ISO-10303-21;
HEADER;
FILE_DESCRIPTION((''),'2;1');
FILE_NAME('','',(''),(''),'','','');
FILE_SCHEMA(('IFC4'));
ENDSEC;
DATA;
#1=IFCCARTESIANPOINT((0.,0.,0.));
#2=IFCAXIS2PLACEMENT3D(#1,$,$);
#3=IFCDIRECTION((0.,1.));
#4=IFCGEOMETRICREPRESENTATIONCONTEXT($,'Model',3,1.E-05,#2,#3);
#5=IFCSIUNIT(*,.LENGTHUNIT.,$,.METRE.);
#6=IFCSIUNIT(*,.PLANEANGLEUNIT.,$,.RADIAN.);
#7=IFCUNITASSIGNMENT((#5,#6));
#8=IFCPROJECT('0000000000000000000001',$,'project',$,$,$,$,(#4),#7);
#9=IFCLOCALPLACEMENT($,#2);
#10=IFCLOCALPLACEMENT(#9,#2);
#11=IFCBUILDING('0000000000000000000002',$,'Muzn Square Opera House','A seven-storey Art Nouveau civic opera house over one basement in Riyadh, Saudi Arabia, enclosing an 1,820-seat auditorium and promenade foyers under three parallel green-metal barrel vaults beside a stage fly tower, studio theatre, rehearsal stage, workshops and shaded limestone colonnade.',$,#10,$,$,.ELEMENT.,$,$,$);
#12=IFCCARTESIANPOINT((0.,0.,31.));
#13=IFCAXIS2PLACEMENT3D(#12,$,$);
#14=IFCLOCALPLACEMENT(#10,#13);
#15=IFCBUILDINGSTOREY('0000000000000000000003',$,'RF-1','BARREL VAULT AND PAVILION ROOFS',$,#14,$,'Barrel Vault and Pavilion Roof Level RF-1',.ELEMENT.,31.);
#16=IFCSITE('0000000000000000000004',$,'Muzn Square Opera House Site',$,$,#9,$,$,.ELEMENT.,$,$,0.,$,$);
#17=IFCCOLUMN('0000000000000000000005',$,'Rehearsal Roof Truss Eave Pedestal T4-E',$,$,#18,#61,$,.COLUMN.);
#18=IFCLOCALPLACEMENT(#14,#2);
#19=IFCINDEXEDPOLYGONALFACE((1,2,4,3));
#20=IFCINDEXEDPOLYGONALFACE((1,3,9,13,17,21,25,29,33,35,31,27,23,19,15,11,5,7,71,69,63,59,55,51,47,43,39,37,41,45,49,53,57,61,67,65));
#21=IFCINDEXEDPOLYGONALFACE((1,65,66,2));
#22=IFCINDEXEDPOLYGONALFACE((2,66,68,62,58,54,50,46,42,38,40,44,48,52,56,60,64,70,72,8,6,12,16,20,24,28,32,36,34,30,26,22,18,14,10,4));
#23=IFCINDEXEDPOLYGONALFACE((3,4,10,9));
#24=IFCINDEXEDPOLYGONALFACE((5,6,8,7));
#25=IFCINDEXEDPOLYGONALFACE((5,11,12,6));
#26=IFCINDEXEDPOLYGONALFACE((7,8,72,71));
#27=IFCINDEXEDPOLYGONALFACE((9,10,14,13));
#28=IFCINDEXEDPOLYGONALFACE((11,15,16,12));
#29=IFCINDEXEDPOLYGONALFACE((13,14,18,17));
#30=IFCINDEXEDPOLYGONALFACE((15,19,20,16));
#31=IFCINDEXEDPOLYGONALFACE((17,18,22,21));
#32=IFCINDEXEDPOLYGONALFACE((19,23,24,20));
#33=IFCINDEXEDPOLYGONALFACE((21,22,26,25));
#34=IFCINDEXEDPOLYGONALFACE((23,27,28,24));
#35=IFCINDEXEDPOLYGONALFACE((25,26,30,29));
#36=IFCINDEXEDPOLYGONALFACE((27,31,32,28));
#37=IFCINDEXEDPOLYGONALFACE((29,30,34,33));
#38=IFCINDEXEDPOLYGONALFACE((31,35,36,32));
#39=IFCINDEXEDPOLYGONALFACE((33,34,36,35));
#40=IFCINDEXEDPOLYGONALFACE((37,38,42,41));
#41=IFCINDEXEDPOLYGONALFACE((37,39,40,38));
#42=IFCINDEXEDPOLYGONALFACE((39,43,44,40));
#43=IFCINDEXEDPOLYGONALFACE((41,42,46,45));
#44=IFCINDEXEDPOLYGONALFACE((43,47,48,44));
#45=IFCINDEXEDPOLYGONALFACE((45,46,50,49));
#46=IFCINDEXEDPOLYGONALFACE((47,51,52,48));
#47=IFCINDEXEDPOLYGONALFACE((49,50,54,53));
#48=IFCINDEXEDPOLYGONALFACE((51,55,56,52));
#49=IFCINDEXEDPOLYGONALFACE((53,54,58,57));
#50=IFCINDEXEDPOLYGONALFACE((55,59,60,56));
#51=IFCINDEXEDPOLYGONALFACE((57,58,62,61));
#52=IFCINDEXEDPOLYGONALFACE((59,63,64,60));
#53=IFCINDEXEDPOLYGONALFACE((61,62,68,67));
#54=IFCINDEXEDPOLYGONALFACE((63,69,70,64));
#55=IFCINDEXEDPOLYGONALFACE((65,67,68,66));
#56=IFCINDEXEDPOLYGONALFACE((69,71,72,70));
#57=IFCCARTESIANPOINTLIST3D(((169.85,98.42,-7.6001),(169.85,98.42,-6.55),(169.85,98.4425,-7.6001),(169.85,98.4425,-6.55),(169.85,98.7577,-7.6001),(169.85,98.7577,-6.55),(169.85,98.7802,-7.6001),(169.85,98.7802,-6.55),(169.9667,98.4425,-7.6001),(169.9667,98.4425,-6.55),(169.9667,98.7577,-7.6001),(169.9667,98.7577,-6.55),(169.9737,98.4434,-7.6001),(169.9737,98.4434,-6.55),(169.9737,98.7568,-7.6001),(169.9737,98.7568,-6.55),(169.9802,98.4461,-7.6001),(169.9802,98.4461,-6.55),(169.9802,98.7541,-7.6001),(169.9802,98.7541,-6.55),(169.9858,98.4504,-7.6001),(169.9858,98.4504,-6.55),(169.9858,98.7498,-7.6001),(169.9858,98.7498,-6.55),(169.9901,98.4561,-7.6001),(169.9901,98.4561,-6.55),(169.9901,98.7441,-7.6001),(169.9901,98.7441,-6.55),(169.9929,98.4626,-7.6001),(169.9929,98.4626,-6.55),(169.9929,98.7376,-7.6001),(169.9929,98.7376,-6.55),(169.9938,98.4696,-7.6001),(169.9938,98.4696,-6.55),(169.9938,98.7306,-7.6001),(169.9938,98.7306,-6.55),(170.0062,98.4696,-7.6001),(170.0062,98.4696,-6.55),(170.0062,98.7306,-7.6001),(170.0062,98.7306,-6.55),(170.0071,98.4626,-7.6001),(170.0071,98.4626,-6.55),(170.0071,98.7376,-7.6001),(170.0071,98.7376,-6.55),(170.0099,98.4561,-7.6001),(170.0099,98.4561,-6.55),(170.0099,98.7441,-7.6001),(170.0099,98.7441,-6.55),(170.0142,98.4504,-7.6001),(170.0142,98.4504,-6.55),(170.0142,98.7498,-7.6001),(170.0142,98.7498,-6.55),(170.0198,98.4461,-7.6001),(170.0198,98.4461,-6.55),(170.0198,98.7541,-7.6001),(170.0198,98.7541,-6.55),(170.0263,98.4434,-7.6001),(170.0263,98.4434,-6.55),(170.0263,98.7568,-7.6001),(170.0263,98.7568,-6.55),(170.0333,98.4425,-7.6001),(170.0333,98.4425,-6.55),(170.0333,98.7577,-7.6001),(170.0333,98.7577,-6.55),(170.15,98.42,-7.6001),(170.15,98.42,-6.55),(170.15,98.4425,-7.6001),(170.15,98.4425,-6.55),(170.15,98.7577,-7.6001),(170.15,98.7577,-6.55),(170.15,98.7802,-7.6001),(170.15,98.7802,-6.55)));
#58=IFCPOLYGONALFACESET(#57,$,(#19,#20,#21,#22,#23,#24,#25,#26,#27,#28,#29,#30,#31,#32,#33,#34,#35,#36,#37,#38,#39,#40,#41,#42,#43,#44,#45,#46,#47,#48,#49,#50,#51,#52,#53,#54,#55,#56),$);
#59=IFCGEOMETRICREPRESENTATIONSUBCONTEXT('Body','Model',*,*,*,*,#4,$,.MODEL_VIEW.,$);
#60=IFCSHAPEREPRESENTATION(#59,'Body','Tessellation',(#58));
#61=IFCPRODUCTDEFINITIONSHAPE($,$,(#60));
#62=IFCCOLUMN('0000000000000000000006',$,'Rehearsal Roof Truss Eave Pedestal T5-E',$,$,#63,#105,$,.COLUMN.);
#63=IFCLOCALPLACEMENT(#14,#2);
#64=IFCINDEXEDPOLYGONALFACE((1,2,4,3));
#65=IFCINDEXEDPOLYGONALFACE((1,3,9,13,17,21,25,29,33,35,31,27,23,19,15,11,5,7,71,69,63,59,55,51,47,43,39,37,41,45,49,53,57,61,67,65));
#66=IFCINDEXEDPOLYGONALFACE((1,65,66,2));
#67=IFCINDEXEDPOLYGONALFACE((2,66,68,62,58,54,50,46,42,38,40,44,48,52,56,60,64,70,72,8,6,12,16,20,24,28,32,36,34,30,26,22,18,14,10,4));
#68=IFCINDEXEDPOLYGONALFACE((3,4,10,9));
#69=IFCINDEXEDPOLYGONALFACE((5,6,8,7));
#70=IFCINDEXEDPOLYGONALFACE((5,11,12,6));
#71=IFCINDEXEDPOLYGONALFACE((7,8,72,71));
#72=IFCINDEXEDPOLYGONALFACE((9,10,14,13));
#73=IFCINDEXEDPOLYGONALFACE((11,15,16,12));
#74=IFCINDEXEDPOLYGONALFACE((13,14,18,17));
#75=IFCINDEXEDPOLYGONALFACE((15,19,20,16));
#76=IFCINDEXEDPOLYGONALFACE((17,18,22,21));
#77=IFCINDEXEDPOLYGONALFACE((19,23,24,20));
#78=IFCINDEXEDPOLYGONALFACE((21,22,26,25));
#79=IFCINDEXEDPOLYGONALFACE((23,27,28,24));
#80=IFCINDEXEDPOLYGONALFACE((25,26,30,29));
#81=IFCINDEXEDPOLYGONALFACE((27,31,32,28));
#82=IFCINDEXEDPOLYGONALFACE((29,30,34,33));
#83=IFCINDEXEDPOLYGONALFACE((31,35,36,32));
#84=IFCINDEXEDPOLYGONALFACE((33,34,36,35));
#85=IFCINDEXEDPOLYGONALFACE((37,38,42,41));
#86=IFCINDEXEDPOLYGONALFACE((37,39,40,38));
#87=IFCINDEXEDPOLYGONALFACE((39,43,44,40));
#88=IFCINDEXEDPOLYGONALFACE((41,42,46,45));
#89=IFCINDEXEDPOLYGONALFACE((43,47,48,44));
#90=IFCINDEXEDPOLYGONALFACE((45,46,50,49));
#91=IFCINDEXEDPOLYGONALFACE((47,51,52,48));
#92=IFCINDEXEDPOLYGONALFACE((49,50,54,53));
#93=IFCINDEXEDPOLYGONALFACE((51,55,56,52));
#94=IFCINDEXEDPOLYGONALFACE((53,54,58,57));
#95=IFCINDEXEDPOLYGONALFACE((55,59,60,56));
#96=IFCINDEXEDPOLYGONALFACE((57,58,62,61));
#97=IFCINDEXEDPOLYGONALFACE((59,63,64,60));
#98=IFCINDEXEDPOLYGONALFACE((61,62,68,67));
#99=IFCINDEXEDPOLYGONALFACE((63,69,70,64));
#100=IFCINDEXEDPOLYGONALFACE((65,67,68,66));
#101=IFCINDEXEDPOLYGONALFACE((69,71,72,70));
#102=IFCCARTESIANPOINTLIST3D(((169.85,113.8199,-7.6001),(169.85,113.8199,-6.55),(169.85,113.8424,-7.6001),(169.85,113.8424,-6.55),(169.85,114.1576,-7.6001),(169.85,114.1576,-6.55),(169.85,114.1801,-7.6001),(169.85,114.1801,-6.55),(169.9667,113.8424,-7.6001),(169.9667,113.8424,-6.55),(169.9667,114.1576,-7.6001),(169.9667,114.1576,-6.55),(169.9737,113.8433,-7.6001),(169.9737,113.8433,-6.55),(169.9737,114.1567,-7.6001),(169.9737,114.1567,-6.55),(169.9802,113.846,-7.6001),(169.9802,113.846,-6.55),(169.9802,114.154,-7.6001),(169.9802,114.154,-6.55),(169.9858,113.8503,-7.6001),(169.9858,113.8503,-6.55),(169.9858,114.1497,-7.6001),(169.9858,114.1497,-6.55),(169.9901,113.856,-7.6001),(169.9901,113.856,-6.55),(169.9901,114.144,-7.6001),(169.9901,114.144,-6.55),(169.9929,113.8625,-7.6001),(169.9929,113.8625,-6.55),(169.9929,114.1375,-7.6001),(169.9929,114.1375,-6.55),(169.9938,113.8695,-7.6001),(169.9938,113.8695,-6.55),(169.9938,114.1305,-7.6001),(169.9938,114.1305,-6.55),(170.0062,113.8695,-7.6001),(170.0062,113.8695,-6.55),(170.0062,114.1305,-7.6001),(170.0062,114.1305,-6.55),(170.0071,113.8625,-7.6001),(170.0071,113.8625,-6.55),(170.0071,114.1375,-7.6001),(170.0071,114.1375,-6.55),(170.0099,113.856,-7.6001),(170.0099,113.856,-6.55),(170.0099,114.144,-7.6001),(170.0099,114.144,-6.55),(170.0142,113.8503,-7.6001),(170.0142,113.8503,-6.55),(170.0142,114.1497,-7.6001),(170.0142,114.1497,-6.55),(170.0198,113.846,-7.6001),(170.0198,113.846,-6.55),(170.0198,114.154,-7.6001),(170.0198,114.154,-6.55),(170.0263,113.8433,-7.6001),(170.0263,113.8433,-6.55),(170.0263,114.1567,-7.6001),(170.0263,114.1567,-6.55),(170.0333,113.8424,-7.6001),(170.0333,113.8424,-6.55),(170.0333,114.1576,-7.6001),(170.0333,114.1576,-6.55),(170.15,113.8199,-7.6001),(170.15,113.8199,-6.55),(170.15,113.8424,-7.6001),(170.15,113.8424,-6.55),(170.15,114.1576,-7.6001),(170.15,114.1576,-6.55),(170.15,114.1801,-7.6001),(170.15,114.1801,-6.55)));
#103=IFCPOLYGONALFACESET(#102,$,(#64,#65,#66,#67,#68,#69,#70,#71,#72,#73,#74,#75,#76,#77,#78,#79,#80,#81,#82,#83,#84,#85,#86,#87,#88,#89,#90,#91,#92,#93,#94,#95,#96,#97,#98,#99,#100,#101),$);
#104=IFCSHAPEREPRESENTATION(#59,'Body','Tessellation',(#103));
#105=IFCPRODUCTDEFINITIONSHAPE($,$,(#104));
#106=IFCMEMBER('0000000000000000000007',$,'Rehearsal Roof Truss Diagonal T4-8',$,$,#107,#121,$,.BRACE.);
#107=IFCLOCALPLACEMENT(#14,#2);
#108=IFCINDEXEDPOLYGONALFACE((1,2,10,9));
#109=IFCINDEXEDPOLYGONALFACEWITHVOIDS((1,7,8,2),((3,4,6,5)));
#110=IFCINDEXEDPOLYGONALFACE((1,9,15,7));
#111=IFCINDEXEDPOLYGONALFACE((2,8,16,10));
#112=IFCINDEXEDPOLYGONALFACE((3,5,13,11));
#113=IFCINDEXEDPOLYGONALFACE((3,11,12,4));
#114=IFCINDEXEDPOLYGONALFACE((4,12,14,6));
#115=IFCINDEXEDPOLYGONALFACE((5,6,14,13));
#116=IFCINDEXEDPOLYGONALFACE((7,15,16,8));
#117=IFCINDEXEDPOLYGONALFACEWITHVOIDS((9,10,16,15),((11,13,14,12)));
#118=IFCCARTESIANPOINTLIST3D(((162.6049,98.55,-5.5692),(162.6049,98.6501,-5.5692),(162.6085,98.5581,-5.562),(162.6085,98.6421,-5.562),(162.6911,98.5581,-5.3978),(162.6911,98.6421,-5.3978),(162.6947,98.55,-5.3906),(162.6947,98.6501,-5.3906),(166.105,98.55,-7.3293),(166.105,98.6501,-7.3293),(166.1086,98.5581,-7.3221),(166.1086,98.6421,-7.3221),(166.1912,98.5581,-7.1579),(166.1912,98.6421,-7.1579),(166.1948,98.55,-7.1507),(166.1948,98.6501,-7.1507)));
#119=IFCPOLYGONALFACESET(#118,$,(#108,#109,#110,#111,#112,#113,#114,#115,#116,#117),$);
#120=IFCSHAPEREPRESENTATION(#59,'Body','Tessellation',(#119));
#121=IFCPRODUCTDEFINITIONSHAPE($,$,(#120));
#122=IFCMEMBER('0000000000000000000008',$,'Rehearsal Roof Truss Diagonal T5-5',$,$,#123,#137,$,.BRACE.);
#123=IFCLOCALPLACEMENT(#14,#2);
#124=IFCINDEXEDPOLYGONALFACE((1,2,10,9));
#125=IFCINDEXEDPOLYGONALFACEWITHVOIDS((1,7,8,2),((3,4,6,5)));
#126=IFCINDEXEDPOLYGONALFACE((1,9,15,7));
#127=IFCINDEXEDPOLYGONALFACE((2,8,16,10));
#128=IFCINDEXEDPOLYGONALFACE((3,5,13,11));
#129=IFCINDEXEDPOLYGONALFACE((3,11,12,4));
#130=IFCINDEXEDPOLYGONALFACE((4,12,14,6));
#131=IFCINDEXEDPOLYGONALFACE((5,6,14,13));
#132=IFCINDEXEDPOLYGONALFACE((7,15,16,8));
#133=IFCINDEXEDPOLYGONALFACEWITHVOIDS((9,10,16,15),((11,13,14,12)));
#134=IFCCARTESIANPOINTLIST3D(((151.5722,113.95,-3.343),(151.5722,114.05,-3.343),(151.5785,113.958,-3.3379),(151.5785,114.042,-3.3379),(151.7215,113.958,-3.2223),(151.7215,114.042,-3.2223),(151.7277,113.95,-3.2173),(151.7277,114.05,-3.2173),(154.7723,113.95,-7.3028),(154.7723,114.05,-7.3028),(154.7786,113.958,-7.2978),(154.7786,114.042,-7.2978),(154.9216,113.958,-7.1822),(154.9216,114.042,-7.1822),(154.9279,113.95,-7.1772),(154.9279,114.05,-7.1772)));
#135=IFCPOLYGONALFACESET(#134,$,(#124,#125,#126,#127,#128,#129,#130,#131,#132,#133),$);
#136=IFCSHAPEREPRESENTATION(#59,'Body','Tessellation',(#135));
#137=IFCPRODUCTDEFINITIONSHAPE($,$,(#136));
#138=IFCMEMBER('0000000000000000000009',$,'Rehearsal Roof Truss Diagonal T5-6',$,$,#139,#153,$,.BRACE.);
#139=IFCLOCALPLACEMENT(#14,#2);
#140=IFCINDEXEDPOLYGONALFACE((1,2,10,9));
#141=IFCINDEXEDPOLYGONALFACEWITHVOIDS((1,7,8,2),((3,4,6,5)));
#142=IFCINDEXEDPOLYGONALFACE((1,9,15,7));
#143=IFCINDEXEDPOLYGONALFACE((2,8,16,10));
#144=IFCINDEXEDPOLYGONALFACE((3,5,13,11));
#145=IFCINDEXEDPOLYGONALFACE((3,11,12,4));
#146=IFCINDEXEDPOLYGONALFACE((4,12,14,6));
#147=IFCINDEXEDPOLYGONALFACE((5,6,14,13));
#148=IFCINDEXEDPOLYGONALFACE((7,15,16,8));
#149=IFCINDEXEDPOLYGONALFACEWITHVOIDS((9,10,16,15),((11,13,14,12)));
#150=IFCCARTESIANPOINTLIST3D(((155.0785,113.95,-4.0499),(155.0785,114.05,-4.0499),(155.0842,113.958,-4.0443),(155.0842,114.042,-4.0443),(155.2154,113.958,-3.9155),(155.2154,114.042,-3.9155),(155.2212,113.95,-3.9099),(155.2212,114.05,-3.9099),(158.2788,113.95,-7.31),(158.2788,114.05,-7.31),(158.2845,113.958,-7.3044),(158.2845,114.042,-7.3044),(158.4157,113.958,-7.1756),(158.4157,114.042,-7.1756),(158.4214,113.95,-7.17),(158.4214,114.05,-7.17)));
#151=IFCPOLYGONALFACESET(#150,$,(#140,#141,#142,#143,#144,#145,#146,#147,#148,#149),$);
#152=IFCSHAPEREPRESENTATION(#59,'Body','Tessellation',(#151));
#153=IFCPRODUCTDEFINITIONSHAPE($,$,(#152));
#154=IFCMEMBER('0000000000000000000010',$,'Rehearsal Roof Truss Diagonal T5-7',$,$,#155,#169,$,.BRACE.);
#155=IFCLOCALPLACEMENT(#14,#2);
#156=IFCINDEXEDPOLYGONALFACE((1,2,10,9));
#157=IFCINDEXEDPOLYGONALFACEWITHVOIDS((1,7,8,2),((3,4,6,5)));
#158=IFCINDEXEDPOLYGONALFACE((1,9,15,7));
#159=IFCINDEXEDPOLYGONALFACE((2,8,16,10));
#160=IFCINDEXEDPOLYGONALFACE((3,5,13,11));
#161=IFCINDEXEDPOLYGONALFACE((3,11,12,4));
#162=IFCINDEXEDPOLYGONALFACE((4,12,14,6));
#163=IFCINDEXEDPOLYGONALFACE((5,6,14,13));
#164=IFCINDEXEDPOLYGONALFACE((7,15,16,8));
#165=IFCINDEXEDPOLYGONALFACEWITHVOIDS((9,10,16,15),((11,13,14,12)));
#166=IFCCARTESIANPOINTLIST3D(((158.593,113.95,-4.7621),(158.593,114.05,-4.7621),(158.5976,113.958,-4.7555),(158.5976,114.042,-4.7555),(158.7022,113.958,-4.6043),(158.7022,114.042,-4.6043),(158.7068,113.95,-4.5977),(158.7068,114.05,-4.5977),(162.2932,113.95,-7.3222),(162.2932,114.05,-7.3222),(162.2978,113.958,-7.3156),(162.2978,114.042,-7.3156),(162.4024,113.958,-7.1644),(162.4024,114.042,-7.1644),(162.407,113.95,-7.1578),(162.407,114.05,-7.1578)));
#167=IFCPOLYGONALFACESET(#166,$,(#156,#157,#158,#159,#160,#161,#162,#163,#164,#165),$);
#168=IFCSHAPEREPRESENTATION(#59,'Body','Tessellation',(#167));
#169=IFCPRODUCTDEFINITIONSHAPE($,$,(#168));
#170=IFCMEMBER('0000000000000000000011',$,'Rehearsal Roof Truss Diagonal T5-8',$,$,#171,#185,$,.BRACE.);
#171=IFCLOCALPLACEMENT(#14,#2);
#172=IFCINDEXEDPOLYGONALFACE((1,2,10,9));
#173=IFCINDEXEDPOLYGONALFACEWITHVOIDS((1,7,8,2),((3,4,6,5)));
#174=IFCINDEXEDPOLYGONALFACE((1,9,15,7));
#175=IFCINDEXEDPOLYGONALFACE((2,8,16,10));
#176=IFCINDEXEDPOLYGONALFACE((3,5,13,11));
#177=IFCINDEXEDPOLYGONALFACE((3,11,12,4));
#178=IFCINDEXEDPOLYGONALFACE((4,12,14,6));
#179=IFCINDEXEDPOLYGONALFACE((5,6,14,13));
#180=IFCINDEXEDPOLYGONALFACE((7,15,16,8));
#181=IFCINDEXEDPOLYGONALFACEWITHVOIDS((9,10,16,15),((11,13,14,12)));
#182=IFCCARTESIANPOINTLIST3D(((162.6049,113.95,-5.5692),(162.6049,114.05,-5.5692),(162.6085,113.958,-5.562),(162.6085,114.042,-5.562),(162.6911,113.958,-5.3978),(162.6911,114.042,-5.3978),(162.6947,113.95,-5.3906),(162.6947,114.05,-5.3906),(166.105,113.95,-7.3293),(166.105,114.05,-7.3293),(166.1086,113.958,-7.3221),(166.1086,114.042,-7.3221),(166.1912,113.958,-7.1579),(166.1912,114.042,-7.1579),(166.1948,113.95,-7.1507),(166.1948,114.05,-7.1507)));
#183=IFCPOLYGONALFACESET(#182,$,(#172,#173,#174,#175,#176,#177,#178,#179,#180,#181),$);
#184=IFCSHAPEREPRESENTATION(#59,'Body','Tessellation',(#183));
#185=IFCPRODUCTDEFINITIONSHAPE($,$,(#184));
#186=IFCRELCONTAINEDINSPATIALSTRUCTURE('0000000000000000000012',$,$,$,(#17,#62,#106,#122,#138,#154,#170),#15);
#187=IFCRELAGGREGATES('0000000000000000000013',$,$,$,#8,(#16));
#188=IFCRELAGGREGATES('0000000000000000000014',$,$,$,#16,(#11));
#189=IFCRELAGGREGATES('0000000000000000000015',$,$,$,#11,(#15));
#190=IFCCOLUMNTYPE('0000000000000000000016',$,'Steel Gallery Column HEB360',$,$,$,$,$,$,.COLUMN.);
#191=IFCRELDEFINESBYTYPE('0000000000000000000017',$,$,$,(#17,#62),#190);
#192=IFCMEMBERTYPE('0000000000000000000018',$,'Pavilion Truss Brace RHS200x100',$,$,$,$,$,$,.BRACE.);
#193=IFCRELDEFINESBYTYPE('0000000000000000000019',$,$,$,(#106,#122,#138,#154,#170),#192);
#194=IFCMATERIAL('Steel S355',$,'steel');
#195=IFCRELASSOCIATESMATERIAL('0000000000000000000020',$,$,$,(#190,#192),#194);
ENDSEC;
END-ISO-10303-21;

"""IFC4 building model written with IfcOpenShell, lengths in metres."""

from ifc_helpers import new_model, si_unit, direction, frame, origin, origin_2d, place, context, subcontext, project, spatial, hollow_rectangle, i_section, extrude, material, material_profile, profile_set, type_object, element, save


model = new_model("IFC4")

# Units and contexts
model_context = context("Model", 3, precision=1e-05, world=origin(), true_north=direction((0.0, 1.0)))
body_context = subcontext(model_context, "Body", "Model", "MODEL_VIEW")
ifc_project = project(units=[si_unit("LENGTHUNIT", "METRE"), si_unit("PLANEANGLEUNIT", "RADIAN")], contexts=[model_context])

# Site, building, storey
site_placement = place(None, origin())
site = spatial("IfcSite", under=ifc_project, at=site_placement, Name="Muzn Square Opera House Site", CompositionType="ELEMENT", RefElevation=0.0)
building_placement = place(site_placement, origin())
building = spatial("IfcBuilding", under=site, at=building_placement, Name="Muzn Square Opera House", Description="A seven-storey Art Nouveau civic opera house over one basement in Riyadh, Saudi Arabia, enclosing an 1,820-seat auditorium and promenade foyers under three parallel green-metal barrel vaults beside a stage fly tower, studio theatre, rehearsal stage, workshops and shaded limestone colonnade.", CompositionType="ELEMENT")
storey_placement = place(building_placement, frame((0.0, 0.0, 31.0)))
storey = spatial("IfcBuildingStorey", under=building, at=storey_placement, Name="RF-1", Description="BARREL VAULT AND PAVILION ROOFS", LongName="Barrel Vault and Pavilion Roof Level RF-1", CompositionType="ELEMENT", Elevation=31.0)

# Columns
ifc_material = material(Name="Steel S355", Category="steel")
ifc_material_profile_1 = material_profile(ifc_material, i_section(OverallWidth=0.3, OverallDepth=0.3601, WebThickness=0.0125, FlangeThickness=0.0225, FilletRadius=0.0271, at=origin_2d()), Name="HEB 360", Category="steel")
ifc_profile_set_1 = profile_set([ifc_material_profile_1], Name="Steel S355")
column_type = type_object("IfcColumnType", Name="Steel Gallery Column HEB360", PredefinedType="COLUMN", material=ifc_profile_set_1)
for number, where, z_axis, x_axis, name in (
    (1, (170.0, 98.6001, -7.6001), (0.0, 0.0, 1.0), (1.0, 0.0, 0.0), "Rehearsal Roof Truss Eave Pedestal T4-E"),
    (2, (170.0, 114.0, -7.6001), (0.0, 0.0, 1.0), (1.0, 0.0, 0.0), "Rehearsal Roof Truss Eave Pedestal T5-E"),
):
    element("IfcColumn", number, at=place(storey_placement, frame(where, z_axis=z_axis, x_axis=x_axis)), inside=storey, type_object=column_type, Name=name, PredefinedType="COLUMN", context=body_context, shape_type="SweptSolid", body=[
        extrude(i_section(OverallWidth=0.3, OverallDepth=0.3601, WebThickness=0.0125, FlangeThickness=0.0225, FilletRadius=0.0271, at=origin_2d()), origin(), (0.0, 0.0, 1.0), 1.05),
    ])

# Members
ifc_material_profile_2 = material_profile(ifc_material, hollow_rectangle(XDim=0.1001, YDim=0.2, WallThickness=0.0081, at=origin_2d()), Name="RHS 200x100x8", Category="steel")
ifc_profile_set_2 = profile_set([ifc_material_profile_2], Name="Steel S355")
member_type_1 = type_object("IfcMemberType", Name="Pavilion Truss Brace RHS200x100", PredefinedType="BRACE", material=ifc_profile_set_2)
member_1_placement = place(storey_placement, frame((166.1499, 98.6001, -7.24), z_axis=(-0.893403, 0.0, 0.449256), x_axis=(0.0, -1.0, 0.0)))
element("IfcMember", 3, at=member_1_placement, inside=storey, type_object=member_type_1, Name="Rehearsal Roof Truss Diagonal T4-8", PredefinedType="BRACE", context=body_context, shape_type="SweptSolid", body=[
    extrude(hollow_rectangle(XDim=0.1001, YDim=0.2, WallThickness=0.0081, at=origin_2d()), origin(), (0.0, 0.0, 1.0), 3.9177),
])
member_2_placement = place(storey_placement, frame((154.8501, 114.0, -7.24), z_axis=(-0.628547, 0.0, 0.777772), x_axis=(0.0, -1.0, 0.0)))
element("IfcMember", 4, at=member_2_placement, inside=storey, type_object=member_type_1, Name="Rehearsal Roof Truss Diagonal T5-5", PredefinedType="BRACE", context=body_context, shape_type="SweptSolid", body=[
    extrude(hollow_rectangle(XDim=0.1001, YDim=0.2, WallThickness=0.0081, at=origin_2d()), origin(), (0.0, 0.0, 1.0), 5.0913),
])
member_3_placement = place(storey_placement, frame((158.3501, 114.0, -7.24), z_axis=(-0.70053, 0.0, 0.713623), x_axis=(0.0, -1.0, 0.0)))
element("IfcMember", 5, at=member_3_placement, inside=storey, type_object=member_type_1, Name="Rehearsal Roof Truss Diagonal T5-6", PredefinedType="BRACE", context=body_context, shape_type="SweptSolid", body=[
    extrude(hollow_rectangle(XDim=0.1001, YDim=0.2, WallThickness=0.0081, at=origin_2d()), origin(), (0.0, 0.0, 1.0), 4.5684),
])
member_4_placement = place(storey_placement, frame((162.3501, 114.0, -7.24), z_axis=(-0.82236, 0.0, 0.568967), x_axis=(0.0, -1.0, 0.0)))
element("IfcMember", 6, at=member_4_placement, inside=storey, type_object=member_type_1, Name="Rehearsal Roof Truss Diagonal T5-7", PredefinedType="BRACE", context=body_context, shape_type="SweptSolid", body=[
    extrude(hollow_rectangle(XDim=0.1001, YDim=0.2, WallThickness=0.0081, at=origin_2d()), origin(), (0.0, 0.0, 1.0), 4.4995),
])
member_5_placement = place(storey_placement, frame((166.1499, 114.0, -7.24), z_axis=(-0.893403, 0.0, 0.449256), x_axis=(0.0, -1.0, 0.0)))
element("IfcMember", 7, at=member_5_placement, inside=storey, type_object=member_type_1, Name="Rehearsal Roof Truss Diagonal T5-8", PredefinedType="BRACE", context=body_context, shape_type="SweptSolid", body=[
    extrude(hollow_rectangle(XDim=0.1001, YDim=0.2, WallThickness=0.0081, at=origin_2d()), origin(), (0.0, 0.0, 1.0), 3.9177),
])

save(model, "model.ifc")
